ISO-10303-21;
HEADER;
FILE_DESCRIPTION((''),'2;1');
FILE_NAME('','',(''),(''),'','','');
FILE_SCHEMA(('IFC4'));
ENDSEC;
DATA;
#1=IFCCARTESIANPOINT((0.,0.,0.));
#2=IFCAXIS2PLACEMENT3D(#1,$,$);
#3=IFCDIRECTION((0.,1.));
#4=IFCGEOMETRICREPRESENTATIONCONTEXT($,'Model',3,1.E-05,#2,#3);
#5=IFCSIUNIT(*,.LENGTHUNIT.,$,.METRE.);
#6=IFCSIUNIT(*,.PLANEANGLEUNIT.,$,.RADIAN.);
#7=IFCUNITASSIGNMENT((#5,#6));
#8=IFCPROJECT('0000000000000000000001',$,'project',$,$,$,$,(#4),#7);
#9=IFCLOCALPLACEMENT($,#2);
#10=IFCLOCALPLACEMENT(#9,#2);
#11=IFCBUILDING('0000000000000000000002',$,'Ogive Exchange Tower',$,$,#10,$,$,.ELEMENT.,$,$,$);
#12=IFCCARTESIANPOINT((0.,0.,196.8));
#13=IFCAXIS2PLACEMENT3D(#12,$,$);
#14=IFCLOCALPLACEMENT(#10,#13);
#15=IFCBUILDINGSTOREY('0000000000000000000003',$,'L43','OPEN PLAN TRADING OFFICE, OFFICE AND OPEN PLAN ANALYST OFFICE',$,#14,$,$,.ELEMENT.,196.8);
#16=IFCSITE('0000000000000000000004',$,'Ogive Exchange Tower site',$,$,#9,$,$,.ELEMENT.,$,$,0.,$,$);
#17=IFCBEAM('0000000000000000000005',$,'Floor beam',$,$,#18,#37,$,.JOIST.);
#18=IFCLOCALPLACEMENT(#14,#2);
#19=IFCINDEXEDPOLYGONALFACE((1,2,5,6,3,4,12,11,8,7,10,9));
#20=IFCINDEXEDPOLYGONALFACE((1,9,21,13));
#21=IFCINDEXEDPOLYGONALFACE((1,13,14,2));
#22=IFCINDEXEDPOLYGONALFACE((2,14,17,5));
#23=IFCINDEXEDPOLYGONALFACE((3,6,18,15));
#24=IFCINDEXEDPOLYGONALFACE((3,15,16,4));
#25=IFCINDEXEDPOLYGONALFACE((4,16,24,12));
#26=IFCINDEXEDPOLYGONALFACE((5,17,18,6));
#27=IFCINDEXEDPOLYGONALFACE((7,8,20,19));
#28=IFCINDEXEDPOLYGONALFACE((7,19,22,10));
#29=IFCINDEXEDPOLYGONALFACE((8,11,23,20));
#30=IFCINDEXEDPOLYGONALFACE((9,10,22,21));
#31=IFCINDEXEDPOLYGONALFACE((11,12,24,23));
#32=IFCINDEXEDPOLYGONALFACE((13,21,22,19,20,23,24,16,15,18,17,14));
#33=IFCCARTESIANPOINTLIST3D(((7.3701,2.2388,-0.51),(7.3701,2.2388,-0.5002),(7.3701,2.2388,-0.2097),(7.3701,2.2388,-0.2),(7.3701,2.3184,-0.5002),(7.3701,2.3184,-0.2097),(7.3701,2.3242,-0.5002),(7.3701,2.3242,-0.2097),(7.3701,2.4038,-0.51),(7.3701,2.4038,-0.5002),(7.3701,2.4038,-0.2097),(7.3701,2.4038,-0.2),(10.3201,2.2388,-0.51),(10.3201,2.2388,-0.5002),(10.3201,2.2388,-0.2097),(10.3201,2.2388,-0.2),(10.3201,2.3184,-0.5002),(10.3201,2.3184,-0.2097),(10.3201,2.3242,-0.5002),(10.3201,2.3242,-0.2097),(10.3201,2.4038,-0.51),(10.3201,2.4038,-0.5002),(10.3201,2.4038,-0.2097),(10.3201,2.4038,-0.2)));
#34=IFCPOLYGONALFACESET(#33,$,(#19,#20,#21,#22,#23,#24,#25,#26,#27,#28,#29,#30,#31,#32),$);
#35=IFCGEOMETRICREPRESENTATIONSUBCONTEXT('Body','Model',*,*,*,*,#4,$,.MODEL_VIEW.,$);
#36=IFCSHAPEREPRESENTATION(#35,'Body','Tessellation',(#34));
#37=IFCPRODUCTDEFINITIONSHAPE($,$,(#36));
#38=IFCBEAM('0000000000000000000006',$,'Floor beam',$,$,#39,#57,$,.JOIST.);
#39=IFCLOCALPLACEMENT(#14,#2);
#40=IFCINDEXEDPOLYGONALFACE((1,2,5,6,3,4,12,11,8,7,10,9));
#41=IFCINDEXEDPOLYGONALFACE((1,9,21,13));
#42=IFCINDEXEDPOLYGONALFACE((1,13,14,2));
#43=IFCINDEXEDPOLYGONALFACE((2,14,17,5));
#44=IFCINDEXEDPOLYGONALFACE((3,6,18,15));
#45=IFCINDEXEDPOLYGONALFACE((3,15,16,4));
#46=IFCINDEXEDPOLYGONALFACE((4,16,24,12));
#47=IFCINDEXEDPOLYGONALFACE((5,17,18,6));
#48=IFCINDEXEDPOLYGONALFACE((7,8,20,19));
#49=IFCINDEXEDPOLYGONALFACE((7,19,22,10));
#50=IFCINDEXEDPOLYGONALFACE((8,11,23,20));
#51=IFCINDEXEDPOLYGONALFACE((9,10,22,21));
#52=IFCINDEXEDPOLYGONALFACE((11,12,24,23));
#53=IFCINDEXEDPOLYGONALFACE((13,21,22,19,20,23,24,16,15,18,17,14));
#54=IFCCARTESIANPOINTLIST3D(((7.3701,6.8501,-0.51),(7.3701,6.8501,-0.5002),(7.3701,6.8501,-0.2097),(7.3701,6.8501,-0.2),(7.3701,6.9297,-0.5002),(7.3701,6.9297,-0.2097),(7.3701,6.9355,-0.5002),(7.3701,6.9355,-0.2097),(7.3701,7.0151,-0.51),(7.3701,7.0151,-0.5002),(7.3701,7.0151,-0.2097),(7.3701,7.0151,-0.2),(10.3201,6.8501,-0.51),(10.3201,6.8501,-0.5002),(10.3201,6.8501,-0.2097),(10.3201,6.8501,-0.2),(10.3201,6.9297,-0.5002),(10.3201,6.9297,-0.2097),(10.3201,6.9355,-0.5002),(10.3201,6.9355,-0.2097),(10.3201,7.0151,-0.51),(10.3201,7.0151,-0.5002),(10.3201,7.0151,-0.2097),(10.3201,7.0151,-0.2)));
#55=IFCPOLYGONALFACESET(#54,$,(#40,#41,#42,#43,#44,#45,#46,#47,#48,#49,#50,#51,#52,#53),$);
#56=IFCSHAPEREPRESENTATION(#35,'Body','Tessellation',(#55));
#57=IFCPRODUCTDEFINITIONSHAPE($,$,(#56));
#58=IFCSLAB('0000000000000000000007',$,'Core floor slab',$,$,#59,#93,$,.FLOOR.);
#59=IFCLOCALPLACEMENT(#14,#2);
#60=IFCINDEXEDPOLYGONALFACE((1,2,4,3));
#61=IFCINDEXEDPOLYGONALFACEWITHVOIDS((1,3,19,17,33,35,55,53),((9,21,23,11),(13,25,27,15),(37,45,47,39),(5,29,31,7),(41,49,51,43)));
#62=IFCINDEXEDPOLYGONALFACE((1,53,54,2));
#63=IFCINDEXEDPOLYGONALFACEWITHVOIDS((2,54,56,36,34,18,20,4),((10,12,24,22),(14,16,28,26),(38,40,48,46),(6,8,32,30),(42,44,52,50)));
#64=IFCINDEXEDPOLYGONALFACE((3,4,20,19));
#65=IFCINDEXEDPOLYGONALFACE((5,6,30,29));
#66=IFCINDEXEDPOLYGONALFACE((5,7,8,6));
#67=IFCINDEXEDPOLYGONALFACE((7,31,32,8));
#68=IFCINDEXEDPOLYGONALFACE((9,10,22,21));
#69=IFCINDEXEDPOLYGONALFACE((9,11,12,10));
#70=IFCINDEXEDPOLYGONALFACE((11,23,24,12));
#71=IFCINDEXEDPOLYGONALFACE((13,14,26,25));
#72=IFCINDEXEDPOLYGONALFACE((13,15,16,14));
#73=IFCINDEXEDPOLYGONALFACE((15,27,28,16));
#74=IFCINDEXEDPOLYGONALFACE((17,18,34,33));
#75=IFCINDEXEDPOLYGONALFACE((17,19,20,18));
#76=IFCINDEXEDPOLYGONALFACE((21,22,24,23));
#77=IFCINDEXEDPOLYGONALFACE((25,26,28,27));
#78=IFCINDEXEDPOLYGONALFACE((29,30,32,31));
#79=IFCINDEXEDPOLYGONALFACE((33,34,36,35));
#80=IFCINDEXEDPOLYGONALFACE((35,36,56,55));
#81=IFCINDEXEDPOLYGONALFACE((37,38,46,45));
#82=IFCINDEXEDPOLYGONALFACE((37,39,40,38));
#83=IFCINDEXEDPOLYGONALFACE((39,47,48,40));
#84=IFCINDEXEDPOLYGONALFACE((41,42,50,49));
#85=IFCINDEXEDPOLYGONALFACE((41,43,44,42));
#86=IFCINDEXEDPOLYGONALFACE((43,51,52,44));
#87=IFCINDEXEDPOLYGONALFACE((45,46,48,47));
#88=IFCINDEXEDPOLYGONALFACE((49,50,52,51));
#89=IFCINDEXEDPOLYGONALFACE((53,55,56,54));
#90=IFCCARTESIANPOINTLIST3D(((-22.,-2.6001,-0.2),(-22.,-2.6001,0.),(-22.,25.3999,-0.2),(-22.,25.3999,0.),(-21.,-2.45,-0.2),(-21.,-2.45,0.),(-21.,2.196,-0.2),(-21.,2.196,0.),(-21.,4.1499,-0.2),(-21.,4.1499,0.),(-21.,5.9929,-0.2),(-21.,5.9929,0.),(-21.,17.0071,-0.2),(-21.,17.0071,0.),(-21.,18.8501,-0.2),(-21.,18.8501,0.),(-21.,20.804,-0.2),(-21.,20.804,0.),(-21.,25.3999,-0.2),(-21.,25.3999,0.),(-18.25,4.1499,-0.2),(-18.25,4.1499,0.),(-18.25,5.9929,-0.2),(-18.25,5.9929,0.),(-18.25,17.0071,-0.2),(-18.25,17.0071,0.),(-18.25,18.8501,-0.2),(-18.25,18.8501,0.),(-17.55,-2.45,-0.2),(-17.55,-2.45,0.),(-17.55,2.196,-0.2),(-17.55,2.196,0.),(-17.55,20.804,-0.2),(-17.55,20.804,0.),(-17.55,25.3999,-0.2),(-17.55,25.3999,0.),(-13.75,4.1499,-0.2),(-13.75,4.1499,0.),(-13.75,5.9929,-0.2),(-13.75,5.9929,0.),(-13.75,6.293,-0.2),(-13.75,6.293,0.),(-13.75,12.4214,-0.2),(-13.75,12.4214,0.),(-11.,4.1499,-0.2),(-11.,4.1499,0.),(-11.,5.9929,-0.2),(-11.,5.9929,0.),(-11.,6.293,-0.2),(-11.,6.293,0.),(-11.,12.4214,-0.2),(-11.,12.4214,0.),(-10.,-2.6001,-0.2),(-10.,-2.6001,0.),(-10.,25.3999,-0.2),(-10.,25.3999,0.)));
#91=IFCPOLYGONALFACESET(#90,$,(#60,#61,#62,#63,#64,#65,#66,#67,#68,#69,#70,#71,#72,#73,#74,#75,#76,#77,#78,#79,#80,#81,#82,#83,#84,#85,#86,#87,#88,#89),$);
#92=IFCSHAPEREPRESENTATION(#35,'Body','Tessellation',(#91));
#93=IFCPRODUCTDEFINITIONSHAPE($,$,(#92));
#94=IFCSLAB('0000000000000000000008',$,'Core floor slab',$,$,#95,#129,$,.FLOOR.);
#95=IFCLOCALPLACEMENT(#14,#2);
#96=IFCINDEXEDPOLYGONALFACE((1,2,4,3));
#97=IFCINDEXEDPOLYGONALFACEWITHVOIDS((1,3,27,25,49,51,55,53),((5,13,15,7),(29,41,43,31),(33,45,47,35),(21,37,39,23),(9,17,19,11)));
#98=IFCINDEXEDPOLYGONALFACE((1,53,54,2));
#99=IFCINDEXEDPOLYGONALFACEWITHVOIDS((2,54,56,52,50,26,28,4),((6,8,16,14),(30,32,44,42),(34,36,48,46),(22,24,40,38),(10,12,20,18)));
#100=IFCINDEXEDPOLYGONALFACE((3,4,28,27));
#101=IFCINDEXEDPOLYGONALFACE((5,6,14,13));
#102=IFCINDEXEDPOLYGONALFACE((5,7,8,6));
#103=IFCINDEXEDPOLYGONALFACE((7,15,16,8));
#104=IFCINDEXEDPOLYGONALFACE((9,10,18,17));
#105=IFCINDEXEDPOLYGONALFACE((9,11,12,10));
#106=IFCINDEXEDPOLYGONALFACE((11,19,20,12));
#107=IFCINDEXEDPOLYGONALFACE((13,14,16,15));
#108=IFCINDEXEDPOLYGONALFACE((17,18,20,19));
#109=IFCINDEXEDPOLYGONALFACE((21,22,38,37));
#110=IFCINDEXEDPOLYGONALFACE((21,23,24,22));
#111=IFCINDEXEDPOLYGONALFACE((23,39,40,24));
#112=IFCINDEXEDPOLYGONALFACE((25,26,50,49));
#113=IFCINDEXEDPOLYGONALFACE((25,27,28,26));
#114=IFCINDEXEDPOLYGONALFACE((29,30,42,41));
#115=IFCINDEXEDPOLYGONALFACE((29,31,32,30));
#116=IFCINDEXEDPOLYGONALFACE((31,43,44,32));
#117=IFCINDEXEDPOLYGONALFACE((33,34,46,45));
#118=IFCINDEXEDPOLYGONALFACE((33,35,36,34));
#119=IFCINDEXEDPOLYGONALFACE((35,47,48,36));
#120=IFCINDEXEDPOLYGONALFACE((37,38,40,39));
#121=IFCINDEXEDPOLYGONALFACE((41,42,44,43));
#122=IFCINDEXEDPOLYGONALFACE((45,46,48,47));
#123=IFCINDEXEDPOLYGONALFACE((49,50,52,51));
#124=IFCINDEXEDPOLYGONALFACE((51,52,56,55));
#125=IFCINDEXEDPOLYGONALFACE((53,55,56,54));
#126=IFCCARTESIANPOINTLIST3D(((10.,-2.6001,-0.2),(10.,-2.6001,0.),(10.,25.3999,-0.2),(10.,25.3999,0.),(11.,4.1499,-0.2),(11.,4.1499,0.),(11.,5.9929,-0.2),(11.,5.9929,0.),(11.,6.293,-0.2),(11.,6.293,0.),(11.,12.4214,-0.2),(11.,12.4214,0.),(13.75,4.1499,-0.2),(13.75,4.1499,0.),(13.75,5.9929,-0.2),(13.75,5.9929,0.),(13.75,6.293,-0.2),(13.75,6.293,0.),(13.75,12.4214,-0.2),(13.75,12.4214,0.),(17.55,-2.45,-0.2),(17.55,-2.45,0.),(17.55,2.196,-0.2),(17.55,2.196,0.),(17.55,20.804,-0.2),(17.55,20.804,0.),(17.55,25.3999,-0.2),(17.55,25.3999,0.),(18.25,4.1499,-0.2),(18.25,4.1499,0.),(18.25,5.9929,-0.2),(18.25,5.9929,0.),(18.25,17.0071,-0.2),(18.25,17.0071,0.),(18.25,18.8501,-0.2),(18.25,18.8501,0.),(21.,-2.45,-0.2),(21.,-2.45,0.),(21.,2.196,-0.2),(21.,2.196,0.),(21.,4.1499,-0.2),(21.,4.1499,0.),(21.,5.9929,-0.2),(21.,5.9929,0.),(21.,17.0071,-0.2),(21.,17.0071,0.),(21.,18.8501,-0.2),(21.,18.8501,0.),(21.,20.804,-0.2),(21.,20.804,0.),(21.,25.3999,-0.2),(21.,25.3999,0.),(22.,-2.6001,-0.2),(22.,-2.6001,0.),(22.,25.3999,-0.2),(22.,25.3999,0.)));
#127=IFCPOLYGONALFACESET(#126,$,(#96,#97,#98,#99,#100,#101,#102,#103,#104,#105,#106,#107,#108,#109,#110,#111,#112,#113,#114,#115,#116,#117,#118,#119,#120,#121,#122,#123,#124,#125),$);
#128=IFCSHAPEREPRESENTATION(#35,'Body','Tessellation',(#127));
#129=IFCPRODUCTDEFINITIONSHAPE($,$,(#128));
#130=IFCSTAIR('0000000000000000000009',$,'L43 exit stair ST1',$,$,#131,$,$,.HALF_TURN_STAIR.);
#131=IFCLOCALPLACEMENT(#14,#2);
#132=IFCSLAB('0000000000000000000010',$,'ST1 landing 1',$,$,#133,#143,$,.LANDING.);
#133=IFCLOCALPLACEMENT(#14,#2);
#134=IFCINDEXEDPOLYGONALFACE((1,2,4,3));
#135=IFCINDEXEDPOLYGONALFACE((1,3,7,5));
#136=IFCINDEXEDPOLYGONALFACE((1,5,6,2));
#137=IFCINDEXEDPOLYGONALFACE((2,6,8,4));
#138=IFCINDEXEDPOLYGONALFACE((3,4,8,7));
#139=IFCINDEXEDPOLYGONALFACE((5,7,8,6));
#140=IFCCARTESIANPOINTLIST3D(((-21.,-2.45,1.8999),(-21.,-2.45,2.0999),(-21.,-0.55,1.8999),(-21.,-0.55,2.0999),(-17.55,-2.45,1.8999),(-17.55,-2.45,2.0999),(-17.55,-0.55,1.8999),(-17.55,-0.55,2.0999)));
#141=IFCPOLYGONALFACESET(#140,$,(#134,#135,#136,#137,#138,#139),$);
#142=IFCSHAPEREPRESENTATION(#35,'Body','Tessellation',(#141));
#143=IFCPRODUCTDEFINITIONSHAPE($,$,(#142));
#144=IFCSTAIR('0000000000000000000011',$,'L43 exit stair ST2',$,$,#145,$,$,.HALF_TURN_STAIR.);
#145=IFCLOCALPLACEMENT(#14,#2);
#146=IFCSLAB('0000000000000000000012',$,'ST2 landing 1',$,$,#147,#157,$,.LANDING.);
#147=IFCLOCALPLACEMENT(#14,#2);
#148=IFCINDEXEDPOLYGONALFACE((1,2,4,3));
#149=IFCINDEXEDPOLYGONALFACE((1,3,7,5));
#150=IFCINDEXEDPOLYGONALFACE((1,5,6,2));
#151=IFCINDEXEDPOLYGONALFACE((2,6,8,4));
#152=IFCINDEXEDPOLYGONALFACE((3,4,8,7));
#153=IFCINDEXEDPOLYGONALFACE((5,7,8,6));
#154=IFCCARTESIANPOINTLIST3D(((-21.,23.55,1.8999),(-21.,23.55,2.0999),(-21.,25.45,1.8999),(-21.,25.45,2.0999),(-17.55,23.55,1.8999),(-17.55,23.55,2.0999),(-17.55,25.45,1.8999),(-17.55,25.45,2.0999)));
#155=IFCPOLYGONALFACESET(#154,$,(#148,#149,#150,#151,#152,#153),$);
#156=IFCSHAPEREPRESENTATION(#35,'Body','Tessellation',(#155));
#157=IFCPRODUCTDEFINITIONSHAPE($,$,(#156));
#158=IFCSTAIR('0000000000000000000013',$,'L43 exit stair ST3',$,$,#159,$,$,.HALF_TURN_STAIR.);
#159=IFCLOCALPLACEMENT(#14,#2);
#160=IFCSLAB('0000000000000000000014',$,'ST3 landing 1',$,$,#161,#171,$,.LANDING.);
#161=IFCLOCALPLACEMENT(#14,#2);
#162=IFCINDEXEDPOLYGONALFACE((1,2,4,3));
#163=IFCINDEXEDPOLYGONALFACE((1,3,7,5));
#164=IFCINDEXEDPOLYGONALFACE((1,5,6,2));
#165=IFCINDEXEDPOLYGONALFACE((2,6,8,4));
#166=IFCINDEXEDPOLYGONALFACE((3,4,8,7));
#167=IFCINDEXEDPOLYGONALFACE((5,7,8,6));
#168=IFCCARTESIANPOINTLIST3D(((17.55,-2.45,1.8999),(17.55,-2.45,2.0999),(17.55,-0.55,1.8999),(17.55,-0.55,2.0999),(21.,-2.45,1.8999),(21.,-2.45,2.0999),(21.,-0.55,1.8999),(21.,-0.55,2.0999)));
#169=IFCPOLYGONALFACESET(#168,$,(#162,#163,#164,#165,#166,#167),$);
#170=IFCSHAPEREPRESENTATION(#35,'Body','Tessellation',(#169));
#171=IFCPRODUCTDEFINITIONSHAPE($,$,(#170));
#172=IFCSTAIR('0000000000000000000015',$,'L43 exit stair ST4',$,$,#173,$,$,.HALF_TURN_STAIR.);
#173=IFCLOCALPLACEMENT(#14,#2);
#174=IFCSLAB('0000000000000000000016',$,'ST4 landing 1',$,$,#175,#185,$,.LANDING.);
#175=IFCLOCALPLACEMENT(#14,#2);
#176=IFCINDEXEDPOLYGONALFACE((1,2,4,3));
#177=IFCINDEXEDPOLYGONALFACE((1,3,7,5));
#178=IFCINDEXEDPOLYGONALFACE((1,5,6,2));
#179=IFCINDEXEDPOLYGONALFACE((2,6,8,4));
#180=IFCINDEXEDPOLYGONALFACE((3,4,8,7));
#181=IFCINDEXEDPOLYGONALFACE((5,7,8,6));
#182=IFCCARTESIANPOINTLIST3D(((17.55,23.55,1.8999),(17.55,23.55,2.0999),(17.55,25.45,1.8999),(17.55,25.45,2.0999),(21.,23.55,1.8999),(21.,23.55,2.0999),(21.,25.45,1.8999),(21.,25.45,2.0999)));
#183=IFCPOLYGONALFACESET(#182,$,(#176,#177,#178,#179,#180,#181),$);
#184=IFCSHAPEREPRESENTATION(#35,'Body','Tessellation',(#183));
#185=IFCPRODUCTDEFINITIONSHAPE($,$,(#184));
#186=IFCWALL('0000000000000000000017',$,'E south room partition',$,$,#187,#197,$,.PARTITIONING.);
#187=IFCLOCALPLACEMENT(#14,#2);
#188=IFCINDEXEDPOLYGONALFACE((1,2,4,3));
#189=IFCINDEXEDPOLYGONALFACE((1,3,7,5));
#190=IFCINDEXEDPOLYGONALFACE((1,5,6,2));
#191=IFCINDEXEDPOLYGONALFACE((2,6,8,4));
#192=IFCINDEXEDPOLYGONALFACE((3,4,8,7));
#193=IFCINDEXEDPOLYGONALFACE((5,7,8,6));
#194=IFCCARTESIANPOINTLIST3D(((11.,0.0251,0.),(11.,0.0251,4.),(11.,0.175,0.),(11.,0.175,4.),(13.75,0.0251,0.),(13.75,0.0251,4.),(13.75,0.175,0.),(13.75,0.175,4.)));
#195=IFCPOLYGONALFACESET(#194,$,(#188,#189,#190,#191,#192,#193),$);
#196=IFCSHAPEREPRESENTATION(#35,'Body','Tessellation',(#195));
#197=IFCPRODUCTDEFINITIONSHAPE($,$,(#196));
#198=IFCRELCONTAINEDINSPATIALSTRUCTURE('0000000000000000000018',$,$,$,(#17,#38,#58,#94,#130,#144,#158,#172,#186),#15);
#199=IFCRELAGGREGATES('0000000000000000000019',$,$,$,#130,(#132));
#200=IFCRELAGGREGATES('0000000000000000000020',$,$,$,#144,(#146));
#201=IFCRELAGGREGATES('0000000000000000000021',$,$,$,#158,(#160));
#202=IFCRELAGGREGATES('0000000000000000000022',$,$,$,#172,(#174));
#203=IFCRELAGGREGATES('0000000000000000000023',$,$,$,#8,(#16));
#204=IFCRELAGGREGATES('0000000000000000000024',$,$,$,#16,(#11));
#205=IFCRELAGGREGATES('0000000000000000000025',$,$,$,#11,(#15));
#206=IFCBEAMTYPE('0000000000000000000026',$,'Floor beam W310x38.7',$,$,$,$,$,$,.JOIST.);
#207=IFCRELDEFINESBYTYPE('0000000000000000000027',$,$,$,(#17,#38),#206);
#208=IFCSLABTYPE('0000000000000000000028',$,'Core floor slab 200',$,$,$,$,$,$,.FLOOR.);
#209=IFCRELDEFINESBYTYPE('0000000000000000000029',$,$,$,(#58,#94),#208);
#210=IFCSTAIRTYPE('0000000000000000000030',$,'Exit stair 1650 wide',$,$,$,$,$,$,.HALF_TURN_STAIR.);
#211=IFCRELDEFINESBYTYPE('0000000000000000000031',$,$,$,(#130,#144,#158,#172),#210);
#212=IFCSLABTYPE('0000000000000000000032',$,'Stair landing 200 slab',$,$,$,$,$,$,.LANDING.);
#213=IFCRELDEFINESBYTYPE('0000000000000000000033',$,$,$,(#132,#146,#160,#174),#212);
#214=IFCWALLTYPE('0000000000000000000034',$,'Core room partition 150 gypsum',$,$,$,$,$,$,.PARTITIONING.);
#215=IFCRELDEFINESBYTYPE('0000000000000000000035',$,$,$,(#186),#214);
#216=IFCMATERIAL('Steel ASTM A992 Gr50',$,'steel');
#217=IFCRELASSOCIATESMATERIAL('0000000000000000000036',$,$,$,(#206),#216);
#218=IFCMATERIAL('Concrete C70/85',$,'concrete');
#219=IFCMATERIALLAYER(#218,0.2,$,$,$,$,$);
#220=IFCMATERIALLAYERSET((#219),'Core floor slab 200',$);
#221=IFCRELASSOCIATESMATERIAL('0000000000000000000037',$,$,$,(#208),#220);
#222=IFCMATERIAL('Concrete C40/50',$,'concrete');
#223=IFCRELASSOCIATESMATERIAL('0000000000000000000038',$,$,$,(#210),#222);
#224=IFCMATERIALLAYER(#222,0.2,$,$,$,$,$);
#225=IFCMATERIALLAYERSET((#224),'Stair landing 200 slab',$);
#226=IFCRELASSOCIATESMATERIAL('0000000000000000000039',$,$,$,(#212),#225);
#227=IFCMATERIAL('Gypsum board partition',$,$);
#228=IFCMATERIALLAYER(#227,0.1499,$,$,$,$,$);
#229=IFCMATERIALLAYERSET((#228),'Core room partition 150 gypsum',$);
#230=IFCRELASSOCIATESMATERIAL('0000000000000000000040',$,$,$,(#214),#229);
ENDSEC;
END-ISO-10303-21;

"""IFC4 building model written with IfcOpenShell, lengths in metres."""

from ifc_helpers import new_model, si_unit, direction, frame, frame_2d, origin, origin_2d, place, context, subcontext, project, spatial, polyline, rectangle, i_section, outline, extrude, material, layer, layer_set, material_profile, profile_set, type_object, element, aggregate, save


model = new_model("IFC4")

# Units and contexts
model_context = context("Model", 3, precision=1e-05, world=origin(), true_north=direction((0.0, 1.0)))
body_context = subcontext(model_context, "Body", "Model", "MODEL_VIEW")
ifc_project = project(units=[si_unit("LENGTHUNIT", "METRE"), si_unit("PLANEANGLEUNIT", "RADIAN")], contexts=[model_context])

# Site, building, storey
site_placement = place(None, origin())
site = spatial("IfcSite", under=ifc_project, at=site_placement, Name="Ogive Exchange Tower site", CompositionType="ELEMENT", RefElevation=0.0)
building_placement = place(site_placement, origin())
building = spatial("IfcBuilding", under=site, at=building_placement, Name="Ogive Exchange Tower", CompositionType="ELEMENT")
storey_placement = place(building_placement, frame((0.0, 0.0, 196.8)))
storey = spatial("IfcBuildingStorey", under=building, at=storey_placement, Name="L43", Description="OPEN PLAN TRADING OFFICE, OFFICE AND OPEN PLAN ANALYST OFFICE", CompositionType="ELEMENT", Elevation=196.8)

# Beams
ifc_material_1 = material(Name="Steel ASTM A992 Gr50", Category="steel")
ifc_material_profile = material_profile(ifc_material_1, i_section(OverallWidth=0.165, OverallDepth=0.3101, WebThickness=0.0059, FlangeThickness=0.0098, at=origin_2d()), Name="W310x38.7")
ifc_profile_set = profile_set([ifc_material_profile], Name="Steel ASTM A992 Gr50")
beam_type = type_object("IfcBeamType", Name="Floor beam W310x38.7", PredefinedType="JOIST", material=ifc_profile_set)
for number, where, z_axis, x_axis, name in (
    (1, (7.3701, 2.3213, -0.355), (1.0, 0.0, 0.0), (0.0, 1.0, 0.0), "Floor beam"),
    (2, (7.3701, 6.9326, -0.355), (1.0, 0.0, 0.0), (0.0, 1.0, 0.0), "Floor beam"),
):
    element("IfcBeam", number, at=place(storey_placement, frame(where, z_axis=z_axis, x_axis=x_axis)), inside=storey, type_object=beam_type, Name=name, PredefinedType="JOIST", context=body_context, shape_type="SweptSolid", body=[
        extrude(i_section(OverallWidth=0.165, OverallDepth=0.3101, WebThickness=0.0059, FlangeThickness=0.0098, at=origin_2d()), origin(), (0.0, 0.0, 1.0), 2.95),
    ])

# Slabs
ifc_material_2 = material(Name="Concrete C70/85", Category="concrete")
ifc_layer_1 = layer(ifc_material_2, 0.2)
ifc_layer_set_1 = layer_set([ifc_layer_1], Name="Core floor slab 200")
slab_type_1 = type_object("IfcSlabType", Name="Core floor slab 200", PredefinedType="FLOOR", material=ifc_layer_set_1)
slab_1_placement = place(storey_placement, frame((0.0, 0.0, -0.2)))
element("IfcSlab", 3, at=slab_1_placement, inside=storey, type_object=slab_type_1, Name="Core floor slab", PredefinedType="FLOOR", context=body_context, shape_type="SweptSolid", body=[
    extrude(outline(polyline([(-10.0, 25.3999), (-10.0, -2.6001), (-22.0, -2.6001), (-22.0, 25.3999), (-21.0, 25.3999), (-21.0, 20.804), (-17.55, 20.804), (-17.55, 25.3999), (-10.0, 25.3999)]), holes=[polyline([(-17.55, 2.196), (-21.0, 2.196), (-21.0, -2.45), (-17.55, -2.45), (-17.55, 2.196)]), polyline([(-18.25, 5.9929), (-21.0, 5.9929), (-21.0, 4.1499), (-18.25, 4.1499), (-18.25, 5.9929)]), polyline([(-11.0, 5.9929), (-13.75, 5.9929), (-13.75, 4.1499), (-11.0, 4.1499), (-11.0, 5.9929)]), polyline([(-13.75, 12.4214), (-13.75, 6.293), (-11.0, 6.293), (-11.0, 12.4214), (-13.75, 12.4214)]), polyline([(-18.25, 18.8501), (-21.0, 18.8501), (-21.0, 17.0071), (-18.25, 17.0071), (-18.25, 18.8501)])]), origin(), (0.0, 0.0, 1.0), 0.2),
])
slab_2_placement = place(storey_placement, frame((0.0, 0.0, -0.2)))
element("IfcSlab", 4, at=slab_2_placement, inside=storey, type_object=slab_type_1, Name="Core floor slab", PredefinedType="FLOOR", context=body_context, shape_type="SweptSolid", body=[
    extrude(outline(polyline([(22.0, 25.3999), (22.0, -2.6001), (10.0, -2.6001), (10.0, 25.3999), (17.55, 25.3999), (17.55, 20.804), (21.0, 20.804), (21.0, 25.3999), (22.0, 25.3999)]), holes=[polyline([(21.0, 2.196), (17.55, 2.196), (17.55, -2.45), (21.0, -2.45), (21.0, 2.196)]), polyline([(13.75, 5.9929), (11.0, 5.9929), (11.0, 4.1499), (13.75, 4.1499), (13.75, 5.9929)]), polyline([(21.0, 5.9929), (18.25, 5.9929), (18.25, 4.1499), (21.0, 4.1499), (21.0, 5.9929)]), polyline([(11.0, 12.4214), (11.0, 6.293), (13.75, 6.293), (13.75, 12.4214), (11.0, 12.4214)]), polyline([(21.0, 18.8501), (18.25, 18.8501), (18.25, 17.0071), (21.0, 17.0071), (21.0, 18.8501)])]), origin(), (0.0, 0.0, 1.0), 0.2),
])

# Stairs, slabs
ifc_material_3 = material(Name="Concrete C40/50", Category="concrete")
stair_type = type_object("IfcStairType", Name="Exit stair 1650 wide", PredefinedType="HALF_TURN_STAIR", material=ifc_material_3)
stair_1_placement = place(storey_placement, origin())
stair_1 = element("IfcStair", 5, at=stair_1_placement, inside=storey, type_object=stair_type, Name="L43 exit stair ST1", PredefinedType="HALF_TURN_STAIR")
ifc_layer_2 = layer(ifc_material_3, 0.2)
ifc_layer_set_2 = layer_set([ifc_layer_2], Name="Stair landing 200 slab")
slab_type_2 = type_object("IfcSlabType", Name="Stair landing 200 slab", PredefinedType="LANDING", material=ifc_layer_set_2)
slab_3_placement = place(storey_placement, frame((0.0, 0.0, 1.8999)))
slab_3 = element("IfcSlab", 6, at=slab_3_placement, type_object=slab_type_2, Name="ST1 landing 1", PredefinedType="LANDING", context=body_context, shape_type="SweptSolid", body=[
    extrude(outline(polyline([(-21.0, -0.55), (-21.0, -2.45), (-17.55, -2.45), (-17.55, -0.55), (-21.0, -0.55)])), origin(), (0.0, 0.0, 1.0), 0.2),
])
aggregate(stair_1, [slab_3])
stair_2_placement = place(storey_placement, origin())
stair_2 = element("IfcStair", 7, at=stair_2_placement, inside=storey, type_object=stair_type, Name="L43 exit stair ST2", PredefinedType="HALF_TURN_STAIR")
slab_4_placement = place(storey_placement, frame((0.0, 0.0, 1.8999)))
slab_4 = element("IfcSlab", 8, at=slab_4_placement, type_object=slab_type_2, Name="ST2 landing 1", PredefinedType="LANDING", context=body_context, shape_type="SweptSolid", body=[
    extrude(outline(polyline([(-17.55, 23.55), (-17.55, 25.45), (-21.0, 25.45), (-21.0, 23.55), (-17.55, 23.55)])), origin(), (0.0, 0.0, 1.0), 0.2),
])
aggregate(stair_2, [slab_4])
stair_3_placement = place(storey_placement, origin())
stair_3 = element("IfcStair", 9, at=stair_3_placement, inside=storey, type_object=stair_type, Name="L43 exit stair ST3", PredefinedType="HALF_TURN_STAIR")
slab_5_placement = place(storey_placement, frame((0.0, 0.0, 1.8999)))
slab_5 = element("IfcSlab", 10, at=slab_5_placement, type_object=slab_type_2, Name="ST3 landing 1", PredefinedType="LANDING", context=body_context, shape_type="SweptSolid", body=[
    extrude(outline(polyline([(17.55, -0.55), (17.55, -2.45), (21.0, -2.45), (21.0, -0.55), (17.55, -0.55)])), origin(), (0.0, 0.0, 1.0), 0.2),
])
aggregate(stair_3, [slab_5])
stair_4_placement = place(storey_placement, origin())
stair_4 = element("IfcStair", 11, at=stair_4_placement, inside=storey, type_object=stair_type, Name="L43 exit stair ST4", PredefinedType="HALF_TURN_STAIR")
slab_6_placement = place(storey_placement, frame((0.0, 0.0, 1.8999)))
slab_6 = element("IfcSlab", 12, at=slab_6_placement, type_object=slab_type_2, Name="ST4 landing 1", PredefinedType="LANDING", context=body_context, shape_type="SweptSolid", body=[
    extrude(outline(polyline([(21.0, 23.55), (21.0, 25.45), (17.55, 25.45), (17.55, 23.55), (21.0, 23.55)])), origin(), (0.0, 0.0, 1.0), 0.2),
])
aggregate(stair_4, [slab_6])

# Wall
ifc_material_4 = material(Name="Gypsum board partition")
ifc_layer_3 = layer(ifc_material_4, 0.1499)
ifc_layer_set_3 = layer_set([ifc_layer_3], Name="Core room partition 150 gypsum")
wall_type_1 = type_object("IfcWallType", Name="Core room partition 150 gypsum", PredefinedType="PARTITIONING", material=ifc_layer_set_3)
wall_1_placement = place(storey_placement, frame((11.0, 0.1001, 0.0), z_axis=(0.0, 0.0, 1.0), x_axis=(1.0, 0.0, 0.0)))
element("IfcWall", 13, at=wall_1_placement, inside=storey, type_object=wall_type_1, Name="E south room partition", PredefinedType="PARTITIONING", context=body_context, shape_type="SweptSolid", body=[
    extrude(rectangle(XDim=2.75, YDim=0.1499, at=frame_2d((1.375, 0.0))), origin(), (0.0, 0.0, 1.0), 4.0),
])

save(model, "model.ifc")
